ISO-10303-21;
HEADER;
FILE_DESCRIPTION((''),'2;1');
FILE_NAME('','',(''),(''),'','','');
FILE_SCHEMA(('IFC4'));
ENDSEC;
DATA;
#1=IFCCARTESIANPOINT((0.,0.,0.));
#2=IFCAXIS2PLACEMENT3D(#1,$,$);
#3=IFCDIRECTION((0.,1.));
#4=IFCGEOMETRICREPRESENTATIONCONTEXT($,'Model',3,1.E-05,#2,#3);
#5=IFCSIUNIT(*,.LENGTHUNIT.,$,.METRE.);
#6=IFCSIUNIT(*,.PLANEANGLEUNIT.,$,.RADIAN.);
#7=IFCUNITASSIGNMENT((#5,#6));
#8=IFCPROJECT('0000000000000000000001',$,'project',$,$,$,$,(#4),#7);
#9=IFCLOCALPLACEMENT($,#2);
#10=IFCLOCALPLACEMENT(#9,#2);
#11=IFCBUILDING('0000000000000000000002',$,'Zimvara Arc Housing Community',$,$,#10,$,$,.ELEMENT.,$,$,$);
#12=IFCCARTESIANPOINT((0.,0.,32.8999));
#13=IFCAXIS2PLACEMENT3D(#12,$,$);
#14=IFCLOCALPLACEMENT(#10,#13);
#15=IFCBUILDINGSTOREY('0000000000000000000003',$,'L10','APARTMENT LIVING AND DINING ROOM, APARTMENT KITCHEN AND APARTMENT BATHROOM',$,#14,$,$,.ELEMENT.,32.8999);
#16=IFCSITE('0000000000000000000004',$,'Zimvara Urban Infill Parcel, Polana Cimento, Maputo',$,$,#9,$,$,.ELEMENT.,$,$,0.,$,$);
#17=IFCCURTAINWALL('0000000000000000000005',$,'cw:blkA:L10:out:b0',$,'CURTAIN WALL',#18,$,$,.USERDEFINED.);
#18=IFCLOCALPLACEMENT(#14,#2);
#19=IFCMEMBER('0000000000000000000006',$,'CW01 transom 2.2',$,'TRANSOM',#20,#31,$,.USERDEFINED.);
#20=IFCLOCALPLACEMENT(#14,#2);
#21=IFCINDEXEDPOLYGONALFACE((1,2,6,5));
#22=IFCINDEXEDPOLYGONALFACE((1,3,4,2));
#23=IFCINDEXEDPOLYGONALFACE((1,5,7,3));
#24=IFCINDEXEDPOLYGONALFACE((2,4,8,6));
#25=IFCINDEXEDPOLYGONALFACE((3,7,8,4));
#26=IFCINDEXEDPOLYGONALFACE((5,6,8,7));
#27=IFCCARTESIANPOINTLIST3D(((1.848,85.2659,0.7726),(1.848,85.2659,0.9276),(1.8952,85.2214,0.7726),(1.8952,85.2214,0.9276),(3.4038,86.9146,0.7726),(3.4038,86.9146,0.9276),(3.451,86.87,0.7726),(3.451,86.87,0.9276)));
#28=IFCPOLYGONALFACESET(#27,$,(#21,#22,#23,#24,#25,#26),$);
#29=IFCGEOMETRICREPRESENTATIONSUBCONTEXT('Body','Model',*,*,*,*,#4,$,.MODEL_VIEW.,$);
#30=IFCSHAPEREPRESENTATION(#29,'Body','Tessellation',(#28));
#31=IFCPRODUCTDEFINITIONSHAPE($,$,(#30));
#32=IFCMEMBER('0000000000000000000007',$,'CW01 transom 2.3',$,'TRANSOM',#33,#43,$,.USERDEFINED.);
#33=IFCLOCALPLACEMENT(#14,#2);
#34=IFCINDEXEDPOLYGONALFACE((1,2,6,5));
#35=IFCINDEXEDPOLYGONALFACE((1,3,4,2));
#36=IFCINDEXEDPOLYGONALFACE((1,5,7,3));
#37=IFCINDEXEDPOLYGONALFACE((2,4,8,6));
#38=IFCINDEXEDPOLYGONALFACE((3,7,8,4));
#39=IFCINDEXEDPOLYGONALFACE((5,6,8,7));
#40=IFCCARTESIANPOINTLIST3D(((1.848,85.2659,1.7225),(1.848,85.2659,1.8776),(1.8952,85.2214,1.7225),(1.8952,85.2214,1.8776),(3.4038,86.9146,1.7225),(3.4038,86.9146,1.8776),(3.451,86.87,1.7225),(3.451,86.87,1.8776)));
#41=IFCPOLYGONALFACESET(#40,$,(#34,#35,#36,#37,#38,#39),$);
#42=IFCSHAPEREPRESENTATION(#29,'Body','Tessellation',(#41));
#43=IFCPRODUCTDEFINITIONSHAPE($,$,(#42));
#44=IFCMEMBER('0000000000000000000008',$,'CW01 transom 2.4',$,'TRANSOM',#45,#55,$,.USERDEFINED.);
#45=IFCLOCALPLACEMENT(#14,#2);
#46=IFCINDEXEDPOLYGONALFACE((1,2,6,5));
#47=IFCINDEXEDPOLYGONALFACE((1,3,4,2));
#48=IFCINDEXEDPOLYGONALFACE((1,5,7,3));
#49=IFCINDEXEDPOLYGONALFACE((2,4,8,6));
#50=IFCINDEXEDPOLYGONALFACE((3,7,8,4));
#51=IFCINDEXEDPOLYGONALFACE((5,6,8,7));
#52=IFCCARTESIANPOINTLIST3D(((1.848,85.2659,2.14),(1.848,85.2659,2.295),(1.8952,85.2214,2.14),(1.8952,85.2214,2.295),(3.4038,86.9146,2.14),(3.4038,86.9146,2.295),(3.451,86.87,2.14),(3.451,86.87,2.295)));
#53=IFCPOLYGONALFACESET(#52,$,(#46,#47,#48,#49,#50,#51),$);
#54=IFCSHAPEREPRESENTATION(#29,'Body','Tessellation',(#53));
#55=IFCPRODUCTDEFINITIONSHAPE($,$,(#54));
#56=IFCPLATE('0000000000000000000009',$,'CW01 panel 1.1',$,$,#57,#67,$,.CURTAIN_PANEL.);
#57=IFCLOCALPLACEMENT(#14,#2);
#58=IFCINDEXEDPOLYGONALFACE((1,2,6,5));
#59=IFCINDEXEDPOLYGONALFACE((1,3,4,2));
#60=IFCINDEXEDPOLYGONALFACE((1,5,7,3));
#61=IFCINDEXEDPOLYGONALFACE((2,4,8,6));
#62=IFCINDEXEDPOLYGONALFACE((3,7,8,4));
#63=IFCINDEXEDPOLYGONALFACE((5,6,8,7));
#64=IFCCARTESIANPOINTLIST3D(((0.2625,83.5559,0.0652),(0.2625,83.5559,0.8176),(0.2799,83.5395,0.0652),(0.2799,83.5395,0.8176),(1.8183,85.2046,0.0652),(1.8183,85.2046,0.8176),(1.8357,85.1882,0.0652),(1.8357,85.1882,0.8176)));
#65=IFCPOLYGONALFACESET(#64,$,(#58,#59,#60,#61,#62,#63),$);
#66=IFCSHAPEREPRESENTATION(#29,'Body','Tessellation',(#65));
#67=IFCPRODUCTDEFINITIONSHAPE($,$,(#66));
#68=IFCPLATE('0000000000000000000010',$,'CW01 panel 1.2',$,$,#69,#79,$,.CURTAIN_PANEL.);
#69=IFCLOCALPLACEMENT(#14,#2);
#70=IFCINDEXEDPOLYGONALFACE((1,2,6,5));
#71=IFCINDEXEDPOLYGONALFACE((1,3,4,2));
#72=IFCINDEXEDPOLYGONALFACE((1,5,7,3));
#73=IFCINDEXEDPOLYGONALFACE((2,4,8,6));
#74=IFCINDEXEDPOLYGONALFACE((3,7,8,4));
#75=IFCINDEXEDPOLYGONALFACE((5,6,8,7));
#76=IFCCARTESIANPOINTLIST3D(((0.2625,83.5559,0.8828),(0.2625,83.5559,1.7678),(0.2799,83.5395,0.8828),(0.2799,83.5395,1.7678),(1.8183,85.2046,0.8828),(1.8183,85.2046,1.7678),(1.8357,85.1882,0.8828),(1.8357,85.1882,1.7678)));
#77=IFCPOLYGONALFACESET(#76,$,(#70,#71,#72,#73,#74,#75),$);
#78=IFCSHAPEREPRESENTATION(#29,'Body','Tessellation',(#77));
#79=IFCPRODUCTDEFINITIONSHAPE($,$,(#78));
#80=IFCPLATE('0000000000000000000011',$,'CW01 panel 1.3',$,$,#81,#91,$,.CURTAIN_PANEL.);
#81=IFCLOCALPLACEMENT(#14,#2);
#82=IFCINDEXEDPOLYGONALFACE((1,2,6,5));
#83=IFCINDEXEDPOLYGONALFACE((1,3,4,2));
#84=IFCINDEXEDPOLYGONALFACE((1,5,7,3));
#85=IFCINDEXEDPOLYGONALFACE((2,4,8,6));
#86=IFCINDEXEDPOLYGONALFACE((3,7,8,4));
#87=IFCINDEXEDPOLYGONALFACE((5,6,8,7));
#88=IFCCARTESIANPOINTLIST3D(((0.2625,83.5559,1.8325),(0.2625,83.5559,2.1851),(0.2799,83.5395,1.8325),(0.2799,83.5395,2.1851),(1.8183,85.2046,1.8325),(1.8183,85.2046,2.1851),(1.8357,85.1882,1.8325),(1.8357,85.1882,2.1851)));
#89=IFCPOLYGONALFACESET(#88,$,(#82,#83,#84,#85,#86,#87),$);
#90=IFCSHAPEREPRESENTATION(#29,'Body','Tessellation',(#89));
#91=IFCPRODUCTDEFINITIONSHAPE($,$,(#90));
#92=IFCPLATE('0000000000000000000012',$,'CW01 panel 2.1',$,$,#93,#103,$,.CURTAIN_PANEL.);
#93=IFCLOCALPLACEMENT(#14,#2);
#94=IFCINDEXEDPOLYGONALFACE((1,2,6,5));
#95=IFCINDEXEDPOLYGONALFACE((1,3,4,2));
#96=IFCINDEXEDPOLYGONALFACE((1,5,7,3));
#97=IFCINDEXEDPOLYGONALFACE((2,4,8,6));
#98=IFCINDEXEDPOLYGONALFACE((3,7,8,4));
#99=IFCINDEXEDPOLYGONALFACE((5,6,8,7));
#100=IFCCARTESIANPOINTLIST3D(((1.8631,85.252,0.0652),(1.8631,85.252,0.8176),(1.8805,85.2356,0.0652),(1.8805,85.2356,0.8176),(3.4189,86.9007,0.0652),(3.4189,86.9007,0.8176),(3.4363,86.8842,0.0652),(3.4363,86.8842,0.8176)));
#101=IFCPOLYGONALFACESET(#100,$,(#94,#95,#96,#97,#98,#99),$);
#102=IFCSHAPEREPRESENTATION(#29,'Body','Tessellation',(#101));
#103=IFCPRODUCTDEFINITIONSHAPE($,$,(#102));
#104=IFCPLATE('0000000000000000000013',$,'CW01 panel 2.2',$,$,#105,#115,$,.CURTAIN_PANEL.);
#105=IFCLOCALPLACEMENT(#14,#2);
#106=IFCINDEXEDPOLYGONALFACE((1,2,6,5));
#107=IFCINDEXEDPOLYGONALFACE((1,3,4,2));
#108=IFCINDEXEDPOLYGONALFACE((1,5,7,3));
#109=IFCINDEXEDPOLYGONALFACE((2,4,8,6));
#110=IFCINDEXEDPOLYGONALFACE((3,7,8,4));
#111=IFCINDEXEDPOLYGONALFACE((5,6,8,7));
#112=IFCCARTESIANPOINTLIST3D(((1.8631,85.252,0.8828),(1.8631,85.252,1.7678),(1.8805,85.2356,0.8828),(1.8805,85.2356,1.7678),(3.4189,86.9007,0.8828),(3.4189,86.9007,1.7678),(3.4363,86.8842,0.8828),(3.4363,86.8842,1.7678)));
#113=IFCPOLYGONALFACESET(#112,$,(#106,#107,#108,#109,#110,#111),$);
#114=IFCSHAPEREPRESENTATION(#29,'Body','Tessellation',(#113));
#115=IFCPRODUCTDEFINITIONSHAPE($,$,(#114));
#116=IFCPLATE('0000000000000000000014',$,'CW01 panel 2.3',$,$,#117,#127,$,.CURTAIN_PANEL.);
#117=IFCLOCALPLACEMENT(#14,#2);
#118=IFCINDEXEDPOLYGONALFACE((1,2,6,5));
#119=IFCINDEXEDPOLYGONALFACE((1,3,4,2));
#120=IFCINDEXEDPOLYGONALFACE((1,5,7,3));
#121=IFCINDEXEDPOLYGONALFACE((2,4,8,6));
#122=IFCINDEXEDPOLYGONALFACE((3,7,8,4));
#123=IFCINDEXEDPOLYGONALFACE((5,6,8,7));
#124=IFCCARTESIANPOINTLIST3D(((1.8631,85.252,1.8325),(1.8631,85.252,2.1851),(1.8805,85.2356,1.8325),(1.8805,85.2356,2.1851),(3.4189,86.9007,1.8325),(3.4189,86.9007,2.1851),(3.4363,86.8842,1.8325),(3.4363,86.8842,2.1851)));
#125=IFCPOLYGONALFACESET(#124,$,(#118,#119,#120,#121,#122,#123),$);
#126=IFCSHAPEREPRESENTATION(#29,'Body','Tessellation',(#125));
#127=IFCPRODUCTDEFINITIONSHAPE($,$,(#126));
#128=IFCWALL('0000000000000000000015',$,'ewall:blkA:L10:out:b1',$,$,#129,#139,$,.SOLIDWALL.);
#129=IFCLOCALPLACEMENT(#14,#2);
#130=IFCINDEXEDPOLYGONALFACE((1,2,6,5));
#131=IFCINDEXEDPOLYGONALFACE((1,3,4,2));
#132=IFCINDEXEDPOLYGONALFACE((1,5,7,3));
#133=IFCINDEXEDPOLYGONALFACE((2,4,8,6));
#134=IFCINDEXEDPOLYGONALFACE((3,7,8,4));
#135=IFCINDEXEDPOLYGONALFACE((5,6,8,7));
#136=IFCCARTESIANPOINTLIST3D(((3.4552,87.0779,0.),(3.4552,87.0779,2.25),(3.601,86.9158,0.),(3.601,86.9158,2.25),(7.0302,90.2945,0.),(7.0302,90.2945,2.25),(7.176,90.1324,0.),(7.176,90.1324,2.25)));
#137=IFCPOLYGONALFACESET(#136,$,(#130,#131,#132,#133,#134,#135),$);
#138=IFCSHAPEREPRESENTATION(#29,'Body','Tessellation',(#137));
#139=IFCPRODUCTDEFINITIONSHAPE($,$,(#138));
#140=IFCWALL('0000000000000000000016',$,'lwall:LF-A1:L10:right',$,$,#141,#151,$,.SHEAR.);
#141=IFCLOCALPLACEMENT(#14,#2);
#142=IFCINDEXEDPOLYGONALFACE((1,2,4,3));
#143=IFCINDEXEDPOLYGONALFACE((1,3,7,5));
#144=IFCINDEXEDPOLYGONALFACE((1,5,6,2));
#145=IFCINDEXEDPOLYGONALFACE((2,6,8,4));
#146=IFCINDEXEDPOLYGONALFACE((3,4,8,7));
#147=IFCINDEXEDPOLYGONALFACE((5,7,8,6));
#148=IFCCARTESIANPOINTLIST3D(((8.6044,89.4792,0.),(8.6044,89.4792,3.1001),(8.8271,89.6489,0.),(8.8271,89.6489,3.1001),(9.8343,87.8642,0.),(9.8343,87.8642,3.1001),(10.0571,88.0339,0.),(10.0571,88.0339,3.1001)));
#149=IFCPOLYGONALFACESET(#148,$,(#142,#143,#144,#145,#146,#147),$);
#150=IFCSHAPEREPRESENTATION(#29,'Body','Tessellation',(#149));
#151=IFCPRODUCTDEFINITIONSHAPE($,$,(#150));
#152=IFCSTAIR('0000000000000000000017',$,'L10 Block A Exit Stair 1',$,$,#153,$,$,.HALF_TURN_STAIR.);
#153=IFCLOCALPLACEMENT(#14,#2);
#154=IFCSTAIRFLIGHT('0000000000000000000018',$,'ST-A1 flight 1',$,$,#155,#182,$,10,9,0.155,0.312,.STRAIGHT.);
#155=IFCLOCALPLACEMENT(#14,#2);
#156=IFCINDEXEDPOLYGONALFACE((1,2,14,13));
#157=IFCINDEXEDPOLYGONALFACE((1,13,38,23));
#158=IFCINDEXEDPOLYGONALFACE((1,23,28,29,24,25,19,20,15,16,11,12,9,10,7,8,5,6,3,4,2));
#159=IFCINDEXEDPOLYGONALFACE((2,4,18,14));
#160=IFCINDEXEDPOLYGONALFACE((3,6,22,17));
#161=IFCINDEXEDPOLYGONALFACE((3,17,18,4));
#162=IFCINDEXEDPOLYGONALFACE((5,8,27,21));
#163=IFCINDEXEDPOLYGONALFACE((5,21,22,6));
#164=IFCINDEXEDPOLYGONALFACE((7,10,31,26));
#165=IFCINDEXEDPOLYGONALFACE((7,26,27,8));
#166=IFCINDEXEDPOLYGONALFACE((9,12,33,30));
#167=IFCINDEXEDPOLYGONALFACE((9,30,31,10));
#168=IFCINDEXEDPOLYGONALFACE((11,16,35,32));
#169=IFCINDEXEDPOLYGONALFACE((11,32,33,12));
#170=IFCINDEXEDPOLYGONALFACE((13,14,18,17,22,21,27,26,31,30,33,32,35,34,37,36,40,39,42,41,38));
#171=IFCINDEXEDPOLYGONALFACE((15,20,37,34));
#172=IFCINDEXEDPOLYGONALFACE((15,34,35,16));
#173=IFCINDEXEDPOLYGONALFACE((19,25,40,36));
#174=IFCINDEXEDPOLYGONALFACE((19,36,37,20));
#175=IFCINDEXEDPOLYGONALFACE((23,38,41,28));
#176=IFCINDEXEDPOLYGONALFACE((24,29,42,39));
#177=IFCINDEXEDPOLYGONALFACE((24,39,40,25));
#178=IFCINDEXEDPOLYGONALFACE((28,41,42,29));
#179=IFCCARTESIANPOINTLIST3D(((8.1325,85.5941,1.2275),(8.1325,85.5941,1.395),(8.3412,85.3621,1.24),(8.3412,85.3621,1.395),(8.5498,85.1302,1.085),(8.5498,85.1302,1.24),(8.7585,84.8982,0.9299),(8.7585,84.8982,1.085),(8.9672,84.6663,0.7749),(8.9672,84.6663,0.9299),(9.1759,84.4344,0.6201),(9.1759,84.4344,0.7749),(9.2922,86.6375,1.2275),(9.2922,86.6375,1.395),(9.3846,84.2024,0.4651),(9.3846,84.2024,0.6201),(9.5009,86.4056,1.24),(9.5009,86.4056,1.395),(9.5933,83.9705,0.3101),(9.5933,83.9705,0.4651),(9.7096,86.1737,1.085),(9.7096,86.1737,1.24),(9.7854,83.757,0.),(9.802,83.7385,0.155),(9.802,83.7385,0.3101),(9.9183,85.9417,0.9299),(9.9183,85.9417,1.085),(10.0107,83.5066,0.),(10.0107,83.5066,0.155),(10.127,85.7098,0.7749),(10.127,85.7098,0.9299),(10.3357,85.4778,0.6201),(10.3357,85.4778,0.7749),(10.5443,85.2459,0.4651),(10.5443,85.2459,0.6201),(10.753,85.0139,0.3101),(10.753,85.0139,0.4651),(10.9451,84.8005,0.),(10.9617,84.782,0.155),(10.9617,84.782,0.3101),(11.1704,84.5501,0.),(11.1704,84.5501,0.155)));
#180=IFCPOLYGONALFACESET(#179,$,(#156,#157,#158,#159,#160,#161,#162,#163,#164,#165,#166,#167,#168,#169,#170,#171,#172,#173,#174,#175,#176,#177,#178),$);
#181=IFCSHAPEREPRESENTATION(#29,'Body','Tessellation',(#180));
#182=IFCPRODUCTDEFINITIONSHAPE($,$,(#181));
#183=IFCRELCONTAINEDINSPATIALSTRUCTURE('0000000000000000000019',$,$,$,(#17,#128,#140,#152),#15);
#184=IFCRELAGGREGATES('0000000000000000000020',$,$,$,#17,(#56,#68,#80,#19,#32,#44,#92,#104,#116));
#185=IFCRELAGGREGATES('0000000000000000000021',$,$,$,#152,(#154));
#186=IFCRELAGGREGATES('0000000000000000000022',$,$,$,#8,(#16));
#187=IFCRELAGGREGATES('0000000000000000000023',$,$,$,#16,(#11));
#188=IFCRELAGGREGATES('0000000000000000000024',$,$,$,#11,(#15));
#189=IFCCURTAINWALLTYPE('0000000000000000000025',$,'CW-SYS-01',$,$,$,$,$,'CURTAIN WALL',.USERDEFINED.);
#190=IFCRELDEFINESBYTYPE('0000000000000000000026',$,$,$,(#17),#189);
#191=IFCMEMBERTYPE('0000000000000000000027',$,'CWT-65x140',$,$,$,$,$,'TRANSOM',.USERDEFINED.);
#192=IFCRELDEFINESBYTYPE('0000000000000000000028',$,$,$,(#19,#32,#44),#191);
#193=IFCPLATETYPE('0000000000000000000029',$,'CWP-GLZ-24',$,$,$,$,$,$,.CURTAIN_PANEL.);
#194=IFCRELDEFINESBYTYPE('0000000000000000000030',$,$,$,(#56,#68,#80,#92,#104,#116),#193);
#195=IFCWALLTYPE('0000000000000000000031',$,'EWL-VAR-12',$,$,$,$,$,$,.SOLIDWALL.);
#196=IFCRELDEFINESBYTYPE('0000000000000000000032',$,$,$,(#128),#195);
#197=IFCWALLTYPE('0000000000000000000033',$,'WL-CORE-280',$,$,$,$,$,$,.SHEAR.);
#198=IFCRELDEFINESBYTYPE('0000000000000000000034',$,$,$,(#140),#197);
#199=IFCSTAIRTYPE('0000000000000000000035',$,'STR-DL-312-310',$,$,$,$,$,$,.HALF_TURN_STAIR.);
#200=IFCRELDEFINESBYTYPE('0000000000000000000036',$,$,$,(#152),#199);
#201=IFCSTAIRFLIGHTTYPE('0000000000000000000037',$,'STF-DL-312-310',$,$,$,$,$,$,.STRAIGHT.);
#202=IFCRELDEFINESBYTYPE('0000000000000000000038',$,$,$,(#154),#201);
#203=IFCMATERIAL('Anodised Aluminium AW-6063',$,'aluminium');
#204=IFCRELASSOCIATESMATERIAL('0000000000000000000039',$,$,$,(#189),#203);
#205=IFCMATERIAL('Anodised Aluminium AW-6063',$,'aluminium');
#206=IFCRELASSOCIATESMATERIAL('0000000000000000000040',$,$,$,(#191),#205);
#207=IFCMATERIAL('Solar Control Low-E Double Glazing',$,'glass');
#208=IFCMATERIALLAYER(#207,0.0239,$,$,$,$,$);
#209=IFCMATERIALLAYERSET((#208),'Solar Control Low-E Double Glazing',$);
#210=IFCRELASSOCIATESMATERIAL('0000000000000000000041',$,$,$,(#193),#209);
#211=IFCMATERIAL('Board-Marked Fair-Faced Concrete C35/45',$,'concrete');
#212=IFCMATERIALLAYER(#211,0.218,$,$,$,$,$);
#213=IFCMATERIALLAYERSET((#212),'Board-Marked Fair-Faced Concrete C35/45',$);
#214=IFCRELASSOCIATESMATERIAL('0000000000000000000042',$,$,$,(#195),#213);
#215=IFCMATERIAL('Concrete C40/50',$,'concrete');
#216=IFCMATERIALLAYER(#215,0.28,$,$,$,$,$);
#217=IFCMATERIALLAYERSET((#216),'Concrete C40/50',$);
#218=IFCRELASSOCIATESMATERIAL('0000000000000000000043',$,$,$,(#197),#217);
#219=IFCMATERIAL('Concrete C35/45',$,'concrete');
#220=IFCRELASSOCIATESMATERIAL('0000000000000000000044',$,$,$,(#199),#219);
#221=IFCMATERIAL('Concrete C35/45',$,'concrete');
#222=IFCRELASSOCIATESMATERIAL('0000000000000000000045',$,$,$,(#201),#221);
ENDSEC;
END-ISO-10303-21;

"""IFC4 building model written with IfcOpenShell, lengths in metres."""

from ifc_helpers import new_model, si_unit, direction, frame, frame_2d, origin, origin_2d, place, context, subcontext, project, spatial, polyline, rectangle, outline, extrude, material, layer, layer_set, material_profile, profile_set, type_object, element, aggregate, save


model = new_model("IFC4")

# Units and contexts
model_context = context("Model", 3, precision=1e-05, world=origin(), true_north=direction((0.0, 1.0)))
body_context = subcontext(model_context, "Body", "Model", "MODEL_VIEW")
ifc_project = project(units=[si_unit("LENGTHUNIT", "METRE"), si_unit("PLANEANGLEUNIT", "RADIAN")], contexts=[model_context])

# Site, building, storey
site_placement = place(None, origin())
site = spatial("IfcSite", under=ifc_project, at=site_placement, Name="Zimvara Urban Infill Parcel, Polana Cimento, Maputo", CompositionType="ELEMENT", RefElevation=0.0)
building_placement = place(site_placement, origin())
building = spatial("IfcBuilding", under=site, at=building_placement, Name="Zimvara Arc Housing Community", CompositionType="ELEMENT")
storey_placement = place(building_placement, frame((0.0, 0.0, 32.8999)))
storey = spatial("IfcBuildingStorey", under=building, at=storey_placement, Name="L10", Description="APARTMENT LIVING AND DINING ROOM, APARTMENT KITCHEN AND APARTMENT BATHROOM", CompositionType="ELEMENT", Elevation=32.8999)

# Curtain wall, members, plates
ifc_material_1 = material(Name="Anodised Aluminium AW-6063", Category="aluminium")
curtain_wall_type = type_object("IfcCurtainWallType", Name="CW-SYS-01", ElementType="CURTAIN WALL", PredefinedType="USERDEFINED", material=ifc_material_1)
curtain_wall_placement = place(storey_placement, origin())
curtain_wall = element("IfcCurtainWall", 1, at=curtain_wall_placement, inside=storey, type_object=curtain_wall_type, Name="cw:blkA:L10:out:b0", ObjectType="CURTAIN WALL", PredefinedType="USERDEFINED")
ifc_material_2 = material(Name="Anodised Aluminium AW-6063", Category="aluminium")
ifc_material_profile_1 = material_profile(ifc_material_2, rectangle(XDim=0.0649, YDim=0.155, at=origin_2d()), Name="ALU 65x155")
ifc_profile_set_1 = profile_set([ifc_material_profile_1], Name="Anodised Aluminium AW-6063")
member_type_1 = type_object("IfcMemberType", Name="CWT-65x140", ElementType="TRANSOM", PredefinedType="USERDEFINED", material=ifc_profile_set_1)
member_1_placement = place(storey_placement, frame((1.8716, 85.2437, 0.8501), z_axis=(0.686348, 0.727273, 0.0), x_axis=(-0.727273, 0.686348, 0.0)))
member_1 = element("IfcMember", 2, at=member_1_placement, type_object=member_type_1, Name="CW01 transom 2.2", ObjectType="TRANSOM", PredefinedType="USERDEFINED", context=body_context, shape_type="SweptSolid", body=[
    extrude(rectangle(XDim=0.0649, YDim=0.155, at=origin_2d()), origin(), (0.0, 0.0, 1.0), 2.2668),
])
member_2_placement = place(storey_placement, frame((1.8716, 85.2437, 1.8), z_axis=(0.686348, 0.727273, 0.0), x_axis=(-0.727273, 0.686348, 0.0)))
member_2 = element("IfcMember", 3, at=member_2_placement, type_object=member_type_1, Name="CW01 transom 2.3", ObjectType="TRANSOM", PredefinedType="USERDEFINED", context=body_context, shape_type="SweptSolid", body=[
    extrude(rectangle(XDim=0.0649, YDim=0.155, at=origin_2d()), origin(), (0.0, 0.0, 1.0), 2.2668),
])
member_3_placement = place(storey_placement, frame((1.8716, 85.2437, 2.2175), z_axis=(0.686348, 0.727273, 0.0), x_axis=(-0.727273, 0.686348, 0.0)))
member_3 = element("IfcMember", 4, at=member_3_placement, type_object=member_type_1, Name="CW01 transom 2.4", ObjectType="TRANSOM", PredefinedType="USERDEFINED", context=body_context, shape_type="SweptSolid", body=[
    extrude(rectangle(XDim=0.0649, YDim=0.155, at=origin_2d()), origin(), (0.0, 0.0, 1.0), 2.2668),
])
ifc_material_3 = material(Name="Solar Control Low-E Double Glazing", Category="glass")
ifc_layer_1 = layer(ifc_material_3, 0.0239)
ifc_layer_set_1 = layer_set([ifc_layer_1], Name="Solar Control Low-E Double Glazing")
plate_type = type_object("IfcPlateType", Name="CWP-GLZ-24", PredefinedType="CURTAIN_PANEL", material=ifc_layer_set_1)
plate_1_placement = place(storey_placement, frame((1.0491, 84.3721, 0.0652), z_axis=(0.0, 0.0, 1.0), x_axis=(0.686326, 0.727294, 0.0)))
plate_1 = element("IfcPlate", 5, at=plate_1_placement, type_object=plate_type, Name="CW01 panel 1.1", PredefinedType="CURTAIN_PANEL", context=body_context, shape_type="SweptSolid", body=[
    extrude(rectangle(XDim=2.2668, YDim=0.0239, at=origin_2d()), origin(), (0.0, 0.0, 1.0), 0.7524),
])
plate_2_placement = place(storey_placement, frame((1.0491, 84.3721, 0.8828), z_axis=(0.0, 0.0, 1.0), x_axis=(0.686326, 0.727294, 0.0)))
plate_2 = element("IfcPlate", 6, at=plate_2_placement, type_object=plate_type, Name="CW01 panel 1.2", PredefinedType="CURTAIN_PANEL", context=body_context, shape_type="SweptSolid", body=[
    extrude(rectangle(XDim=2.2668, YDim=0.0239, at=origin_2d()), origin(), (0.0, 0.0, 1.0), 0.885),
])
plate_3_placement = place(storey_placement, frame((1.0491, 84.3721, 1.8325), z_axis=(0.0, 0.0, 1.0), x_axis=(0.686326, 0.727294, 0.0)))
plate_3 = element("IfcPlate", 7, at=plate_3_placement, type_object=plate_type, Name="CW01 panel 1.3", PredefinedType="CURTAIN_PANEL", context=body_context, shape_type="SweptSolid", body=[
    extrude(rectangle(XDim=2.2668, YDim=0.0239, at=origin_2d()), origin(), (0.0, 0.0, 1.0), 0.3525),
])
plate_4_placement = place(storey_placement, frame((2.6497, 86.0681, 0.0652), z_axis=(0.0, 0.0, 1.0), x_axis=(0.686326, 0.727294, 0.0)))
plate_4 = element("IfcPlate", 8, at=plate_4_placement, type_object=plate_type, Name="CW01 panel 2.1", PredefinedType="CURTAIN_PANEL", context=body_context, shape_type="SweptSolid", body=[
    extrude(rectangle(XDim=2.2668, YDim=0.0239, at=origin_2d()), origin(), (0.0, 0.0, 1.0), 0.7524),
])
plate_5_placement = place(storey_placement, frame((2.6497, 86.0681, 0.8828), z_axis=(0.0, 0.0, 1.0), x_axis=(0.686326, 0.727294, 0.0)))
plate_5 = element("IfcPlate", 9, at=plate_5_placement, type_object=plate_type, Name="CW01 panel 2.2", PredefinedType="CURTAIN_PANEL", context=body_context, shape_type="SweptSolid", body=[
    extrude(rectangle(XDim=2.2668, YDim=0.0239, at=origin_2d()), origin(), (0.0, 0.0, 1.0), 0.885),
])
plate_6_placement = place(storey_placement, frame((2.6497, 86.0681, 1.8325), z_axis=(0.0, 0.0, 1.0), x_axis=(0.686326, 0.727294, 0.0)))
plate_6 = element("IfcPlate", 10, at=plate_6_placement, type_object=plate_type, Name="CW01 panel 2.3", PredefinedType="CURTAIN_PANEL", context=body_context, shape_type="SweptSolid", body=[
    extrude(rectangle(XDim=2.2668, YDim=0.0239, at=origin_2d()), origin(), (0.0, 0.0, 1.0), 0.3525),
])
aggregate(curtain_wall, [plate_1, plate_2, plate_3, member_1, member_2, member_3, plate_4, plate_5, plate_6])

# Walls
ifc_material_4 = material(Name="Board-Marked Fair-Faced Concrete C35/45", Category="concrete")
ifc_layer_2 = layer(ifc_material_4, 0.218)
ifc_layer_set_2 = layer_set([ifc_layer_2], Name="Board-Marked Fair-Faced Concrete C35/45")
wall_type_1 = type_object("IfcWallType", Name="EWL-VAR-12", PredefinedType="SOLIDWALL", material=ifc_layer_set_2)
wall_1_placement = place(storey_placement, frame((3.5281, 86.9968, 0.0), z_axis=(0.0, 0.0, 1.0), x_axis=(0.743388, 0.668861, 0.0)))
element("IfcWall", 11, at=wall_1_placement, inside=storey, type_object=wall_type_1, Name="ewall:blkA:L10:out:b1", PredefinedType="SOLIDWALL", context=body_context, shape_type="SweptSolid", body=[
    extrude(rectangle(XDim=4.8091, YDim=0.218, at=frame_2d((2.4045, 0.0))), origin(), (0.0, 0.0, 1.0), 2.25),
])
ifc_material_5 = material(Name="Concrete C40/50", Category="concrete")
ifc_layer_3 = layer(ifc_material_5, 0.28)
ifc_layer_set_3 = layer_set([ifc_layer_3], Name="Concrete C40/50")
wall_type_2 = type_object("IfcWallType", Name="WL-CORE-280", PredefinedType="SHEAR", material=ifc_layer_set_3)
wall_2_placement = place(storey_placement, frame((9.9458, 87.949, 0.0), z_axis=(0.0, 0.0, 1.0), x_axis=(-0.605891, 0.795548, 0.0)))
element("IfcWall", 12, at=wall_2_placement, inside=storey, type_object=wall_type_2, Name="lwall:LF-A1:L10:right", PredefinedType="SHEAR", context=body_context, shape_type="SweptSolid", body=[
    extrude(rectangle(XDim=2.03, YDim=0.28, at=frame_2d((1.0151, 0.0))), origin(), (0.0, 0.0, 1.0), 3.1001),
])

# Stair, stair flight
ifc_material_6 = material(Name="Concrete C35/45", Category="concrete")
stair_type = type_object("IfcStairType", Name="STR-DL-312-310", PredefinedType="HALF_TURN_STAIR", material=ifc_material_6)
stair_placement = place(storey_placement, origin())
stair = element("IfcStair", 13, at=stair_placement, inside=storey, type_object=stair_type, Name="L10 Block A Exit Stair 1", PredefinedType="HALF_TURN_STAIR")
ifc_material_7 = material(Name="Concrete C35/45", Category="concrete")
stair_flight_type = type_object("IfcStairFlightType", Name="STF-DL-312-310", PredefinedType="STRAIGHT", material=ifc_material_7)
stair_flight_1_placement = place(storey_placement, frame((10.5906, 84.0283, 0.0), z_axis=(0.0, 0.0, 1.0), x_axis=(-0.668871, 0.743378, 0.0)))
stair_flight_1 = element("IfcStairFlight", 14, at=stair_flight_1_placement, type_object=stair_flight_type, Name="ST-A1 flight 1", NumberOfRisers=10, NumberOfTreads=9, PredefinedType="STRAIGHT", RiserHeight=0.155, TreadLength=0.312, context=body_context, shape_type="SweptSolid", body=[
    extrude(outline(polyline([(0.0, 0.0), (0.0, 0.155), (0.312, 0.155), (0.312, 0.3101), (0.624, 0.3101), (0.624, 0.4651), (0.936, 0.4651), (0.936, 0.6201), (1.248, 0.6201), (1.248, 0.7749), (1.5601, 0.7749), (1.5601, 0.9299), (1.8721, 0.9299), (1.8721, 1.085), (2.1841, 1.085), (2.1841, 1.24), (2.4961, 1.24), (2.4961, 1.395), (2.8081, 1.395), (2.8081, 1.55), (2.8081, 1.2275), (0.3369, 0.0), (0.0, 0.0)])), frame((0.0, 0.78, 0.0), z_axis=(0.0, -1.0, 0.0), x_axis=(1.0, 0.0, 0.0)), (0.0, 0.0, 1.0), 1.5601),
])
aggregate(stair, [stair_flight_1])

save(model, "model.ifc")
